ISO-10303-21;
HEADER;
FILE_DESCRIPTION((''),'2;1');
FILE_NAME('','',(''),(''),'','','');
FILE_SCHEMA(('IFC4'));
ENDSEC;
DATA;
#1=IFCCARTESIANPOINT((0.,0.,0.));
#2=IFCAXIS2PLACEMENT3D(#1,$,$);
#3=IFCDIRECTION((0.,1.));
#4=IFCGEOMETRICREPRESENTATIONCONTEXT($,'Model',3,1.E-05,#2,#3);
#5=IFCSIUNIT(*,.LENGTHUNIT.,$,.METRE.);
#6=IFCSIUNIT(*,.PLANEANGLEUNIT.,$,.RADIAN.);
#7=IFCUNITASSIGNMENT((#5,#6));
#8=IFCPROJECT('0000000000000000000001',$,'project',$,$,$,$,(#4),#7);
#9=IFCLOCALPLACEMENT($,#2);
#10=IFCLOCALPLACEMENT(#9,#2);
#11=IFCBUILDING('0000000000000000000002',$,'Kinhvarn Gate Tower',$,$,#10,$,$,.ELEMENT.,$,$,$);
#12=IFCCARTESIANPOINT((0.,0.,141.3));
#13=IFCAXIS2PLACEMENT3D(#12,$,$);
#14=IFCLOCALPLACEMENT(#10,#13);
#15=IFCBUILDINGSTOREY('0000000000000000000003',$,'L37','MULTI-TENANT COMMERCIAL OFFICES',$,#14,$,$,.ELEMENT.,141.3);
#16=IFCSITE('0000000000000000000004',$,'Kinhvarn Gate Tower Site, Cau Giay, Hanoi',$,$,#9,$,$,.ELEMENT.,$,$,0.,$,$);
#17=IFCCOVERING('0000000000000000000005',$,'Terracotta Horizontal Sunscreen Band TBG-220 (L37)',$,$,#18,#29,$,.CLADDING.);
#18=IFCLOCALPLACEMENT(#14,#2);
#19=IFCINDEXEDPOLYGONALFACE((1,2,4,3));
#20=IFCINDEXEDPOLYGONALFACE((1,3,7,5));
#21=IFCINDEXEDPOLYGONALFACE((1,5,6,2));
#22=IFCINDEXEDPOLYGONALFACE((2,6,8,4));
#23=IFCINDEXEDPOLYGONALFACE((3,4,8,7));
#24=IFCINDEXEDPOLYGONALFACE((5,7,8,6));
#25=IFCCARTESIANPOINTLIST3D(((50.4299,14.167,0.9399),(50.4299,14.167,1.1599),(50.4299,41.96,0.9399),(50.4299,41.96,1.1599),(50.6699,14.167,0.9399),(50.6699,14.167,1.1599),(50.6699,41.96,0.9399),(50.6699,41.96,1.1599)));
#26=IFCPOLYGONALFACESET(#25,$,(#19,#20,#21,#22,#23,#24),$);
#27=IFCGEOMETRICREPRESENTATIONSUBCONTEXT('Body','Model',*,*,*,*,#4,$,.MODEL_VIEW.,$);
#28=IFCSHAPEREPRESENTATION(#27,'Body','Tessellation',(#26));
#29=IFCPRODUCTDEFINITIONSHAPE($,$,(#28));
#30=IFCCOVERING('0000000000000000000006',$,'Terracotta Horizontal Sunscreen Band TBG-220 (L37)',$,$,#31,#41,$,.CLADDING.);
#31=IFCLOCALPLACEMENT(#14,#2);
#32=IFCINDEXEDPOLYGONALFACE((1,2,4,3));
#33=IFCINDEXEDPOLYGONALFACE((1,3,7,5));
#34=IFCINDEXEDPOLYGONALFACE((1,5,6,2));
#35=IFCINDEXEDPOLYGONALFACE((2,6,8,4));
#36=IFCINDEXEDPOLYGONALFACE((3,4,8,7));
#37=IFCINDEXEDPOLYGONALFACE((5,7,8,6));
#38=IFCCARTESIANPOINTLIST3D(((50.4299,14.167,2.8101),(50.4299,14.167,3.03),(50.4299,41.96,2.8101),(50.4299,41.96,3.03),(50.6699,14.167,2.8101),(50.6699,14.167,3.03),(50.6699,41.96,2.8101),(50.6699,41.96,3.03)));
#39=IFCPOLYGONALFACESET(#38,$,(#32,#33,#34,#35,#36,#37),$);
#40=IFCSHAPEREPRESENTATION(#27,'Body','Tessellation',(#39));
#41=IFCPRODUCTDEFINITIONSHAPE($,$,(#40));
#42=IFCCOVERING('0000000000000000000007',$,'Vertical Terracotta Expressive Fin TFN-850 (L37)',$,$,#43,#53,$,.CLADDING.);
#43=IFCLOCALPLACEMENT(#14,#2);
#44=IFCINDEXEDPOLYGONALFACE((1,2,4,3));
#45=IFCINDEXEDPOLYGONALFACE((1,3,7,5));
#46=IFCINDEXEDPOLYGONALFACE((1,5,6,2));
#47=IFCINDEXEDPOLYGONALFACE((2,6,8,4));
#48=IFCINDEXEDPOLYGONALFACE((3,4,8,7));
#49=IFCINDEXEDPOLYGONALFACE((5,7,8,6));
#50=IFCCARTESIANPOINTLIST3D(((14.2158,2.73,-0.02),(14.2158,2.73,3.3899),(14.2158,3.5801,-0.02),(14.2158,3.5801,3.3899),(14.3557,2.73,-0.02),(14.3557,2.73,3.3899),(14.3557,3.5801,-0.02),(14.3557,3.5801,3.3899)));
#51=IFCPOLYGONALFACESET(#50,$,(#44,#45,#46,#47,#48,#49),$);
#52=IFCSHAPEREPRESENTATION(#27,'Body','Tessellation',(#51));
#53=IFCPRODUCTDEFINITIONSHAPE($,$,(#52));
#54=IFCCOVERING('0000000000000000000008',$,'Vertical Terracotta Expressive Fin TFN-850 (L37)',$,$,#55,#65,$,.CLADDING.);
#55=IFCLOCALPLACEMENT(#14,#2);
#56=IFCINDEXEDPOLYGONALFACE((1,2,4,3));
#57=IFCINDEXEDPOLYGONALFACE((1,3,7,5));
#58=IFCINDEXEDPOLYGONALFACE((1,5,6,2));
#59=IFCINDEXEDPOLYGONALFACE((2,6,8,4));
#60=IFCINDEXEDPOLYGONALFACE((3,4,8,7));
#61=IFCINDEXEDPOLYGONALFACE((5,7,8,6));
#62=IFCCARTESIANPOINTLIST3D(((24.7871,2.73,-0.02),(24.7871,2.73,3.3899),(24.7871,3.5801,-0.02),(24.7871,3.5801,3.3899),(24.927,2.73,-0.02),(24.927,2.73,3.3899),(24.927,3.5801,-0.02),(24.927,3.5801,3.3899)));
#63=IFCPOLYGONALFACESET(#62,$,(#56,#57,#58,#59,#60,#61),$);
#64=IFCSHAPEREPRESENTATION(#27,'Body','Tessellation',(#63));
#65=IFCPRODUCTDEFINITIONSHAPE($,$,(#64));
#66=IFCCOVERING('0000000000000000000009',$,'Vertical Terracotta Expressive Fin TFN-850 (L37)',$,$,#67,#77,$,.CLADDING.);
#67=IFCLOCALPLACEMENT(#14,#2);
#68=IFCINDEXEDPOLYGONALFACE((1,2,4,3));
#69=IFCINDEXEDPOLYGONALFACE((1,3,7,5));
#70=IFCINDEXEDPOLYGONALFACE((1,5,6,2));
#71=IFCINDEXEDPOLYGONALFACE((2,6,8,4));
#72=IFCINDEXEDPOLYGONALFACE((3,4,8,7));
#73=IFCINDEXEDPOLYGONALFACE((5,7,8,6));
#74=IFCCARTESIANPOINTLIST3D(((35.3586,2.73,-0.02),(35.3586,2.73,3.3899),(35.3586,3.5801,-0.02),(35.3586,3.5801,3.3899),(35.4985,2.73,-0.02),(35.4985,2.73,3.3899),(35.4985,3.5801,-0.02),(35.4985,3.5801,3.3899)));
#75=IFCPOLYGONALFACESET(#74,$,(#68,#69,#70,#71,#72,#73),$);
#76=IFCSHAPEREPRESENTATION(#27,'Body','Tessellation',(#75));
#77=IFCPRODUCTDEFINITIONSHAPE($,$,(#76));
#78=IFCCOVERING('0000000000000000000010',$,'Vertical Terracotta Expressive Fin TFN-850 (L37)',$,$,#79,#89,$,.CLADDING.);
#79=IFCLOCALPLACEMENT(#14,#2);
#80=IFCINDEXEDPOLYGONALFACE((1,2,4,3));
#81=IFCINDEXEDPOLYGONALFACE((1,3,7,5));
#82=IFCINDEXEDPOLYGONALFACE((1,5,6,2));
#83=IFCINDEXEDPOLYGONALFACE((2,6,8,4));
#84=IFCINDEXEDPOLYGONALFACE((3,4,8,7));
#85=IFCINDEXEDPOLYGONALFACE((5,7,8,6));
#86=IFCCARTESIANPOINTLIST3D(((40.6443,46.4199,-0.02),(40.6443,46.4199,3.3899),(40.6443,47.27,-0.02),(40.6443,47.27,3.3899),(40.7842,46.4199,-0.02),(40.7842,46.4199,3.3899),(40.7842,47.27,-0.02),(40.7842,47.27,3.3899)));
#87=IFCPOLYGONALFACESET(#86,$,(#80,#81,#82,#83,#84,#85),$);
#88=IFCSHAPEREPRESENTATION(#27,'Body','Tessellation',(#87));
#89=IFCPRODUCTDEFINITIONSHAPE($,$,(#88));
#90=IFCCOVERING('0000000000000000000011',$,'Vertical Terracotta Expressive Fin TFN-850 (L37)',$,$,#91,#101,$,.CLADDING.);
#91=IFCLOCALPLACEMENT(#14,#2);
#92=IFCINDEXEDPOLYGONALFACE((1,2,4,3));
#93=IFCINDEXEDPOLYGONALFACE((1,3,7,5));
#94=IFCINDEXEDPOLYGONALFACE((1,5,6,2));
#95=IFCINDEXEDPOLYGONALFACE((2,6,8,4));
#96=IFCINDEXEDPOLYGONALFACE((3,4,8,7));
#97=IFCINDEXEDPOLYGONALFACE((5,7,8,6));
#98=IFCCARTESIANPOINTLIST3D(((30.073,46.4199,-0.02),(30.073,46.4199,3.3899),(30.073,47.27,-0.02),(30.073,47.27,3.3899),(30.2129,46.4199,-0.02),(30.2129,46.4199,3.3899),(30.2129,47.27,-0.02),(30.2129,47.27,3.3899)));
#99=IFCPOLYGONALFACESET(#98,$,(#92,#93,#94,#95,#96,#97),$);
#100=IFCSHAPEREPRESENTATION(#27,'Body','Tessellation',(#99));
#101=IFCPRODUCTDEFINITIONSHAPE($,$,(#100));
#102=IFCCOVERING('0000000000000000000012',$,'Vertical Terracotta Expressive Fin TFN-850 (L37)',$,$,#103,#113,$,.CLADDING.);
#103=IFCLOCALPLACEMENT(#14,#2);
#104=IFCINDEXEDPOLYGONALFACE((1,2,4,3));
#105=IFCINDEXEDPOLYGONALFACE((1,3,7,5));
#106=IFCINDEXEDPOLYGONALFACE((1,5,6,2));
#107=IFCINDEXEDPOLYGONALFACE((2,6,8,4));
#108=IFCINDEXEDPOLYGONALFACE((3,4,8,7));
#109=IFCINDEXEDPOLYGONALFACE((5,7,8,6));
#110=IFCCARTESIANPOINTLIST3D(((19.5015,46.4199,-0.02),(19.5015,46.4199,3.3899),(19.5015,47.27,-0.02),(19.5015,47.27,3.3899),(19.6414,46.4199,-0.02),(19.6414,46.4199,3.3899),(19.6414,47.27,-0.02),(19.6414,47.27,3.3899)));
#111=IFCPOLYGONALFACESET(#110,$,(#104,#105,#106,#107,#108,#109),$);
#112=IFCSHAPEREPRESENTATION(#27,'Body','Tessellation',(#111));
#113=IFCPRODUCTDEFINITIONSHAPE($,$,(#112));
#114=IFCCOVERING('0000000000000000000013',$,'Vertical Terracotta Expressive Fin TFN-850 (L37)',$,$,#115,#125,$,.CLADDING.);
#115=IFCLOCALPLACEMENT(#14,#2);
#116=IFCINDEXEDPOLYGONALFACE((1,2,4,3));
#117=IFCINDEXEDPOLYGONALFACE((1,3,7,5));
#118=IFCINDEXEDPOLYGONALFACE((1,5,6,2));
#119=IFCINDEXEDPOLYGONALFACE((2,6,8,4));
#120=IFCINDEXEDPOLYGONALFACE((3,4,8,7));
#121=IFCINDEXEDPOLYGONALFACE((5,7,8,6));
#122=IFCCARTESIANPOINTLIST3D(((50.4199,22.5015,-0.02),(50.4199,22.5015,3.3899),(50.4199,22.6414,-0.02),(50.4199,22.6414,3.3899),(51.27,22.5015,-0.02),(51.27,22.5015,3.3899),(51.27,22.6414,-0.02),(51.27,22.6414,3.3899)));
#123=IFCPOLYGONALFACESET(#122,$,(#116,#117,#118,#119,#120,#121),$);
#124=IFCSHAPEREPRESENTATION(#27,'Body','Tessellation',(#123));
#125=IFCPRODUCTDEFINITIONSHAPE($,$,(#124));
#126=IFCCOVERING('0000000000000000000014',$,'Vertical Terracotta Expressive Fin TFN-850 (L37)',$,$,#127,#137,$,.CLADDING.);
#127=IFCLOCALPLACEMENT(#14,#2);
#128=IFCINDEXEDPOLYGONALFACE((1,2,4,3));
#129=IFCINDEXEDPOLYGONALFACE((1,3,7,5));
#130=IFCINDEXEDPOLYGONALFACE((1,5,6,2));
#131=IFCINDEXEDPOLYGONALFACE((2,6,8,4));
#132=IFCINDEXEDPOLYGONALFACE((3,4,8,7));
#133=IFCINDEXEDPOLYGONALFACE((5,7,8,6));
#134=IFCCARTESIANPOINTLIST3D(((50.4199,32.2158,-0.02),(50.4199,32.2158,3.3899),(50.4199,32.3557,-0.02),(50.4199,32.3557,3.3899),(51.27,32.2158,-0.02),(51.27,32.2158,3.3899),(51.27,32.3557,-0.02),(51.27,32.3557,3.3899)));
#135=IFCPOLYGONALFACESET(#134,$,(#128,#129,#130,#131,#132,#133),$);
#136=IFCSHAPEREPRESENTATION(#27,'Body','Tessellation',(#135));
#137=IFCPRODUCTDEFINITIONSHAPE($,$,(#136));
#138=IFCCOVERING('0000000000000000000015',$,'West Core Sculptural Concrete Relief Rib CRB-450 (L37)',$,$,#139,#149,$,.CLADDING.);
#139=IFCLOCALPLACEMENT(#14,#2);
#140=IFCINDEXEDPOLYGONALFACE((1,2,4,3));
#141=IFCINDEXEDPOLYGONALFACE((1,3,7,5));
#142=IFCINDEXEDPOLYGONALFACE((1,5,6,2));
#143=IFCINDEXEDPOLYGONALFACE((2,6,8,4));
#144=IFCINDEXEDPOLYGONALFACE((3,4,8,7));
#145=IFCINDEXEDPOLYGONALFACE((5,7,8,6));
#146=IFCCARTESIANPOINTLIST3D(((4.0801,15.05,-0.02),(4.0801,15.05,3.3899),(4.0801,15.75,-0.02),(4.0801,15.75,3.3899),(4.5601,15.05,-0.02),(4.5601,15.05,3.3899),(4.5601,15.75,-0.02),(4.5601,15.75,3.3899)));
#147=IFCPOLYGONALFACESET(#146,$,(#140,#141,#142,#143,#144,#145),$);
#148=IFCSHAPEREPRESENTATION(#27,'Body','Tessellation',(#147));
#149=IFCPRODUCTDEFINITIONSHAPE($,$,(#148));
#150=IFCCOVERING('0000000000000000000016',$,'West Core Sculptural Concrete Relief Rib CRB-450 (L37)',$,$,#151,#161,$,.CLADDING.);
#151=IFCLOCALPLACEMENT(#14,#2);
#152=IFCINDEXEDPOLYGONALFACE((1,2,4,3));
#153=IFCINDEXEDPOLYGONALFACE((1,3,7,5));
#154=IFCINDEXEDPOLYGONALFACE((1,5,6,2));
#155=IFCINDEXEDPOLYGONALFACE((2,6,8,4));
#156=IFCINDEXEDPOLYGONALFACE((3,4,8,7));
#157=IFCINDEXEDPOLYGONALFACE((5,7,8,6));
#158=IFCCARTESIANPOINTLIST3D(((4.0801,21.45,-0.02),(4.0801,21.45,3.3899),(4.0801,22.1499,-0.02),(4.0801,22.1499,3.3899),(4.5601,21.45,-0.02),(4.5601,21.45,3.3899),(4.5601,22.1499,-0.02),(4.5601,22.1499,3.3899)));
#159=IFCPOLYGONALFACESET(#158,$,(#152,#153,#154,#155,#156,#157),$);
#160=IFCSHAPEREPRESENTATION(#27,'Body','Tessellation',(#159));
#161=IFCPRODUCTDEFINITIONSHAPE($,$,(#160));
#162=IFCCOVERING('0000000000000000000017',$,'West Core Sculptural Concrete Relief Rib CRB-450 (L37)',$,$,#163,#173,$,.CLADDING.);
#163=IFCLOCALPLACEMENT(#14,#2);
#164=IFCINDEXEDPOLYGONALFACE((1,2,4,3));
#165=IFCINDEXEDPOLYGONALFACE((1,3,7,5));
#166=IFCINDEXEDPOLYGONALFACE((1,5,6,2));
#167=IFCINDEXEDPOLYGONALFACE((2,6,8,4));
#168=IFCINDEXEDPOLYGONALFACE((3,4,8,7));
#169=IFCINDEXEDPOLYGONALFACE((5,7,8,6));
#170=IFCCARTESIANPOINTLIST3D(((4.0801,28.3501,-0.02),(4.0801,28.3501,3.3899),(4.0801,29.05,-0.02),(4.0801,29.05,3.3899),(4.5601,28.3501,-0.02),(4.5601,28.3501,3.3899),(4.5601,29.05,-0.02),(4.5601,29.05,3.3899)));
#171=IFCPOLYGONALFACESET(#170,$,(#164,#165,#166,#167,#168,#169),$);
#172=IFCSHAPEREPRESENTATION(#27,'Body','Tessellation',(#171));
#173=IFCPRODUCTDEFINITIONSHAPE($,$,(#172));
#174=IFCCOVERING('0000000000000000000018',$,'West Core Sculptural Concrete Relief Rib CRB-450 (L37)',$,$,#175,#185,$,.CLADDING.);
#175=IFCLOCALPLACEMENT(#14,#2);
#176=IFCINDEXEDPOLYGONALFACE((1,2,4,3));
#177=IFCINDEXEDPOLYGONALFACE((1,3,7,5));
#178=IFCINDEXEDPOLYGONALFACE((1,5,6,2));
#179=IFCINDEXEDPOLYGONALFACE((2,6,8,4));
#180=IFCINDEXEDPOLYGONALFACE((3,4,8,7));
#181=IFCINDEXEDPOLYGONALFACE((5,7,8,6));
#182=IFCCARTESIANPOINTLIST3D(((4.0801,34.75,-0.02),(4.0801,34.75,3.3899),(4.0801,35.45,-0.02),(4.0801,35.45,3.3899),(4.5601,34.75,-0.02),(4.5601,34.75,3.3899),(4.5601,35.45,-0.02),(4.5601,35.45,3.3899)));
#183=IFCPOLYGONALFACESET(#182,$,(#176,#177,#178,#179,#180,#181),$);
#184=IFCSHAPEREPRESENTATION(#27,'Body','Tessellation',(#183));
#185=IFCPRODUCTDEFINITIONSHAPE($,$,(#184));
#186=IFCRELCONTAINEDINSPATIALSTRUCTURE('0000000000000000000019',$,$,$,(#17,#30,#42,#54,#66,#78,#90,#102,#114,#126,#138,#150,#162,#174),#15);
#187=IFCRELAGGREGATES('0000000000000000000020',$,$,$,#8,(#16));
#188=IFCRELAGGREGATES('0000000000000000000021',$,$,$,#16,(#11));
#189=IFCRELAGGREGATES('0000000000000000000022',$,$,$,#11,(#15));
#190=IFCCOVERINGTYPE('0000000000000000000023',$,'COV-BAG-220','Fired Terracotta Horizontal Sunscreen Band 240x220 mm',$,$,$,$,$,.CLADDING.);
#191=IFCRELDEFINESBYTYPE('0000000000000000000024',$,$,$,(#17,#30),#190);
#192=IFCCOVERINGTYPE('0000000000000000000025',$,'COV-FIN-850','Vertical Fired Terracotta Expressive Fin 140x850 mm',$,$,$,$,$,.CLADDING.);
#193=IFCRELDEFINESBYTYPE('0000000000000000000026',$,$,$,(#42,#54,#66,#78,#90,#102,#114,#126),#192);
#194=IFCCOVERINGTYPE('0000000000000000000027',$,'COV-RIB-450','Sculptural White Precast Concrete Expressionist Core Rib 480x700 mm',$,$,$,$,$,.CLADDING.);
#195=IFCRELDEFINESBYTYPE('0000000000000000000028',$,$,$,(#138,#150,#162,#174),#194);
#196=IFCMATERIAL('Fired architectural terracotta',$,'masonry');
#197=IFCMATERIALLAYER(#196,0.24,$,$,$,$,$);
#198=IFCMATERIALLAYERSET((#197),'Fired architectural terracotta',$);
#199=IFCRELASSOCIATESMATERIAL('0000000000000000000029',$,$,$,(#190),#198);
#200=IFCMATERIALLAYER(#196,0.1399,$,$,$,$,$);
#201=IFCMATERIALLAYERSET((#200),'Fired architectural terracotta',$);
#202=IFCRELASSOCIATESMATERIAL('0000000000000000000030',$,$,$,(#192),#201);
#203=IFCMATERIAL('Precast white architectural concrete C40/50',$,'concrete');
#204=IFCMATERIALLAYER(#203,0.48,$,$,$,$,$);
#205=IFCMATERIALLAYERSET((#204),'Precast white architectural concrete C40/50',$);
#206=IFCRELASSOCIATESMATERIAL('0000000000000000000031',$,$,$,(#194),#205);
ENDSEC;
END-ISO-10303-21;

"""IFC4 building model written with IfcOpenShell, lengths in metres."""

from ifc_helpers import new_model, si_unit, direction, frame, origin, place, context, subcontext, project, spatial, polyline, outline, extrude, material, layer, layer_set, type_object, element, save


model = new_model("IFC4")

# Units and contexts
model_context = context("Model", 3, precision=1e-05, world=origin(), true_north=direction((0.0, 1.0)))
body_context = subcontext(model_context, "Body", "Model", "MODEL_VIEW")
ifc_project = project(units=[si_unit("LENGTHUNIT", "METRE"), si_unit("PLANEANGLEUNIT", "RADIAN")], contexts=[model_context])

# Site, building, storey
site_placement = place(None, origin())
site = spatial("IfcSite", under=ifc_project, at=site_placement, Name="Kinhvarn Gate Tower Site, Cau Giay, Hanoi", CompositionType="ELEMENT", RefElevation=0.0)
building_placement = place(site_placement, origin())
building = spatial("IfcBuilding", under=site, at=building_placement, Name="Kinhvarn Gate Tower", CompositionType="ELEMENT")
storey_placement = place(building_placement, frame((0.0, 0.0, 141.3)))
storey = spatial("IfcBuildingStorey", under=building, at=storey_placement, Name="L37", Description="MULTI-TENANT COMMERCIAL OFFICES", CompositionType="ELEMENT", Elevation=141.3)

# Shared definitions
ifc_material_1 = material(Name="Precast white architectural concrete C40/50", Category="concrete")

# Coverings
ifc_material_2 = material(Name="Fired architectural terracotta", Category="masonry")
ifc_layer_1 = layer(ifc_material_2, 0.24)
ifc_layer_set_1 = layer_set([ifc_layer_1], Name="Fired architectural terracotta")
covering_type_1 = type_object("IfcCoveringType", Name="COV-BAG-220", Description="Fired Terracotta Horizontal Sunscreen Band 240x220 mm", PredefinedType="CLADDING", material=ifc_layer_set_1)
for number, where, name in (
    (1, (0.0, 0.0, 0.9399), "Terracotta Horizontal Sunscreen Band TBG-220 (L37)"),
    (2, (0.0, 0.0, 2.8101), "Terracotta Horizontal Sunscreen Band TBG-220 (L37)"),
):
    element("IfcCovering", number, at=place(storey_placement, frame(where)), inside=storey, type_object=covering_type_1, Name=name, PredefinedType="CLADDING", context=body_context, shape_type="SweptSolid", body=[
        extrude(outline(polyline([(50.4299, 14.167), (50.4299, 41.96), (50.6699, 41.96), (50.6699, 14.167), (50.4299, 14.167)])), origin(), (0.0, 0.0, 1.0), 0.22),
    ])
ifc_layer_2 = layer(ifc_material_2, 0.1399)
ifc_layer_set_2 = layer_set([ifc_layer_2], Name="Fired architectural terracotta")
covering_type_2 = type_object("IfcCoveringType", Name="COV-FIN-850", Description="Vertical Fired Terracotta Expressive Fin 140x850 mm", PredefinedType="CLADDING", material=ifc_layer_set_2)
covering_1_placement = place(storey_placement, frame((0.0, 0.0, -0.02)))
element("IfcCovering", 3, at=covering_1_placement, inside=storey, type_object=covering_type_2, Name="Vertical Terracotta Expressive Fin TFN-850 (L37)", PredefinedType="CLADDING", context=body_context, shape_type="SweptSolid", body=[
    extrude(outline(polyline([(14.2158, 3.5801), (14.3557, 3.5801), (14.3557, 2.73), (14.2158, 2.73), (14.2158, 3.5801)])), origin(), (0.0, 0.0, 1.0), 3.4099),
])
covering_2_placement = place(storey_placement, frame((0.0, 0.0, -0.02)))
element("IfcCovering", 4, at=covering_2_placement, inside=storey, type_object=covering_type_2, Name="Vertical Terracotta Expressive Fin TFN-850 (L37)", PredefinedType="CLADDING", context=body_context, shape_type="SweptSolid", body=[
    extrude(outline(polyline([(24.7871, 3.5801), (24.927, 3.5801), (24.927, 2.73), (24.7871, 2.73), (24.7871, 3.5801)])), origin(), (0.0, 0.0, 1.0), 3.4099),
])
covering_3_placement = place(storey_placement, frame((0.0, 0.0, -0.02)))
element("IfcCovering", 5, at=covering_3_placement, inside=storey, type_object=covering_type_2, Name="Vertical Terracotta Expressive Fin TFN-850 (L37)", PredefinedType="CLADDING", context=body_context, shape_type="SweptSolid", body=[
    extrude(outline(polyline([(35.3586, 3.5801), (35.4985, 3.5801), (35.4985, 2.73), (35.3586, 2.73), (35.3586, 3.5801)])), origin(), (0.0, 0.0, 1.0), 3.4099),
])
covering_4_placement = place(storey_placement, frame((0.0, 0.0, -0.02)))
element("IfcCovering", 6, at=covering_4_placement, inside=storey, type_object=covering_type_2, Name="Vertical Terracotta Expressive Fin TFN-850 (L37)", PredefinedType="CLADDING", context=body_context, shape_type="SweptSolid", body=[
    extrude(outline(polyline([(40.7842, 46.4199), (40.6443, 46.4199), (40.6443, 47.27), (40.7842, 47.27), (40.7842, 46.4199)])), origin(), (0.0, 0.0, 1.0), 3.4099),
])
covering_5_placement = place(storey_placement, frame((0.0, 0.0, -0.02)))
element("IfcCovering", 7, at=covering_5_placement, inside=storey, type_object=covering_type_2, Name="Vertical Terracotta Expressive Fin TFN-850 (L37)", PredefinedType="CLADDING", context=body_context, shape_type="SweptSolid", body=[
    extrude(outline(polyline([(30.2129, 46.4199), (30.073, 46.4199), (30.073, 47.27), (30.2129, 47.27), (30.2129, 46.4199)])), origin(), (0.0, 0.0, 1.0), 3.4099),
])
covering_6_placement = place(storey_placement, frame((0.0, 0.0, -0.02)))
element("IfcCovering", 8, at=covering_6_placement, inside=storey, type_object=covering_type_2, Name="Vertical Terracotta Expressive Fin TFN-850 (L37)", PredefinedType="CLADDING", context=body_context, shape_type="SweptSolid", body=[
    extrude(outline(polyline([(19.6414, 46.4199), (19.5015, 46.4199), (19.5015, 47.27), (19.6414, 47.27), (19.6414, 46.4199)])), origin(), (0.0, 0.0, 1.0), 3.4099),
])
covering_7_placement = place(storey_placement, frame((0.0, 0.0, -0.02)))
element("IfcCovering", 9, at=covering_7_placement, inside=storey, type_object=covering_type_2, Name="Vertical Terracotta Expressive Fin TFN-850 (L37)", PredefinedType="CLADDING", context=body_context, shape_type="SweptSolid", body=[
    extrude(outline(polyline([(50.4199, 22.5015), (50.4199, 22.6414), (51.27, 22.6414), (51.27, 22.5015), (50.4199, 22.5015)])), origin(), (0.0, 0.0, 1.0), 3.4099),
])
covering_8_placement = place(storey_placement, frame((0.0, 0.0, -0.02)))
element("IfcCovering", 10, at=covering_8_placement, inside=storey, type_object=covering_type_2, Name="Vertical Terracotta Expressive Fin TFN-850 (L37)", PredefinedType="CLADDING", context=body_context, shape_type="SweptSolid", body=[
    extrude(outline(polyline([(50.4199, 32.2158), (50.4199, 32.3557), (51.27, 32.3557), (51.27, 32.2158), (50.4199, 32.2158)])), origin(), (0.0, 0.0, 1.0), 3.4099),
])
ifc_layer_3 = layer(ifc_material_1, 0.48)
ifc_layer_set_3 = layer_set([ifc_layer_3], Name="Precast white architectural concrete C40/50")
covering_type_3 = type_object("IfcCoveringType", Name="COV-RIB-450", Description="Sculptural White Precast Concrete Expressionist Core Rib 480x700 mm", PredefinedType="CLADDING", material=ifc_layer_set_3)
covering_9_placement = place(storey_placement, frame((0.0, 0.0, -0.02)))
element("IfcCovering", 11, at=covering_9_placement, inside=storey, type_object=covering_type_3, Name="West Core Sculptural Concrete Relief Rib CRB-450 (L37)", PredefinedType="CLADDING", context=body_context, shape_type="SweptSolid", body=[
    extrude(outline(polyline([(4.0801, 15.05), (4.5601, 15.05), (4.5601, 15.75), (4.0801, 15.75), (4.0801, 15.05)])), origin(), (0.0, 0.0, 1.0), 3.4099),
])
covering_10_placement = place(storey_placement, frame((0.0, 0.0, -0.02)))
element("IfcCovering", 12, at=covering_10_placement, inside=storey, type_object=covering_type_3, Name="West Core Sculptural Concrete Relief Rib CRB-450 (L37)", PredefinedType="CLADDING", context=body_context, shape_type="SweptSolid", body=[
    extrude(outline(polyline([(4.0801, 21.45), (4.5601, 21.45), (4.5601, 22.1499), (4.0801, 22.1499), (4.0801, 21.45)])), origin(), (0.0, 0.0, 1.0), 3.4099),
])
covering_11_placement = place(storey_placement, frame((0.0, 0.0, -0.02)))
element("IfcCovering", 13, at=covering_11_placement, inside=storey, type_object=covering_type_3, Name="West Core Sculptural Concrete Relief Rib CRB-450 (L37)", PredefinedType="CLADDING", context=body_context, shape_type="SweptSolid", body=[
    extrude(outline(polyline([(4.0801, 28.3501), (4.5601, 28.3501), (4.5601, 29.05), (4.0801, 29.05), (4.0801, 28.3501)])), origin(), (0.0, 0.0, 1.0), 3.4099),
])
covering_12_placement = place(storey_placement, frame((0.0, 0.0, -0.02)))
element("IfcCovering", 14, at=covering_12_placement, inside=storey, type_object=covering_type_3, Name="West Core Sculptural Concrete Relief Rib CRB-450 (L37)", PredefinedType="CLADDING", context=body_context, shape_type="SweptSolid", body=[
    extrude(outline(polyline([(4.0801, 34.75), (4.5601, 34.75), (4.5601, 35.45), (4.0801, 35.45), (4.0801, 34.75)])), origin(), (0.0, 0.0, 1.0), 3.4099),
])

save(model, "model.ifc")
